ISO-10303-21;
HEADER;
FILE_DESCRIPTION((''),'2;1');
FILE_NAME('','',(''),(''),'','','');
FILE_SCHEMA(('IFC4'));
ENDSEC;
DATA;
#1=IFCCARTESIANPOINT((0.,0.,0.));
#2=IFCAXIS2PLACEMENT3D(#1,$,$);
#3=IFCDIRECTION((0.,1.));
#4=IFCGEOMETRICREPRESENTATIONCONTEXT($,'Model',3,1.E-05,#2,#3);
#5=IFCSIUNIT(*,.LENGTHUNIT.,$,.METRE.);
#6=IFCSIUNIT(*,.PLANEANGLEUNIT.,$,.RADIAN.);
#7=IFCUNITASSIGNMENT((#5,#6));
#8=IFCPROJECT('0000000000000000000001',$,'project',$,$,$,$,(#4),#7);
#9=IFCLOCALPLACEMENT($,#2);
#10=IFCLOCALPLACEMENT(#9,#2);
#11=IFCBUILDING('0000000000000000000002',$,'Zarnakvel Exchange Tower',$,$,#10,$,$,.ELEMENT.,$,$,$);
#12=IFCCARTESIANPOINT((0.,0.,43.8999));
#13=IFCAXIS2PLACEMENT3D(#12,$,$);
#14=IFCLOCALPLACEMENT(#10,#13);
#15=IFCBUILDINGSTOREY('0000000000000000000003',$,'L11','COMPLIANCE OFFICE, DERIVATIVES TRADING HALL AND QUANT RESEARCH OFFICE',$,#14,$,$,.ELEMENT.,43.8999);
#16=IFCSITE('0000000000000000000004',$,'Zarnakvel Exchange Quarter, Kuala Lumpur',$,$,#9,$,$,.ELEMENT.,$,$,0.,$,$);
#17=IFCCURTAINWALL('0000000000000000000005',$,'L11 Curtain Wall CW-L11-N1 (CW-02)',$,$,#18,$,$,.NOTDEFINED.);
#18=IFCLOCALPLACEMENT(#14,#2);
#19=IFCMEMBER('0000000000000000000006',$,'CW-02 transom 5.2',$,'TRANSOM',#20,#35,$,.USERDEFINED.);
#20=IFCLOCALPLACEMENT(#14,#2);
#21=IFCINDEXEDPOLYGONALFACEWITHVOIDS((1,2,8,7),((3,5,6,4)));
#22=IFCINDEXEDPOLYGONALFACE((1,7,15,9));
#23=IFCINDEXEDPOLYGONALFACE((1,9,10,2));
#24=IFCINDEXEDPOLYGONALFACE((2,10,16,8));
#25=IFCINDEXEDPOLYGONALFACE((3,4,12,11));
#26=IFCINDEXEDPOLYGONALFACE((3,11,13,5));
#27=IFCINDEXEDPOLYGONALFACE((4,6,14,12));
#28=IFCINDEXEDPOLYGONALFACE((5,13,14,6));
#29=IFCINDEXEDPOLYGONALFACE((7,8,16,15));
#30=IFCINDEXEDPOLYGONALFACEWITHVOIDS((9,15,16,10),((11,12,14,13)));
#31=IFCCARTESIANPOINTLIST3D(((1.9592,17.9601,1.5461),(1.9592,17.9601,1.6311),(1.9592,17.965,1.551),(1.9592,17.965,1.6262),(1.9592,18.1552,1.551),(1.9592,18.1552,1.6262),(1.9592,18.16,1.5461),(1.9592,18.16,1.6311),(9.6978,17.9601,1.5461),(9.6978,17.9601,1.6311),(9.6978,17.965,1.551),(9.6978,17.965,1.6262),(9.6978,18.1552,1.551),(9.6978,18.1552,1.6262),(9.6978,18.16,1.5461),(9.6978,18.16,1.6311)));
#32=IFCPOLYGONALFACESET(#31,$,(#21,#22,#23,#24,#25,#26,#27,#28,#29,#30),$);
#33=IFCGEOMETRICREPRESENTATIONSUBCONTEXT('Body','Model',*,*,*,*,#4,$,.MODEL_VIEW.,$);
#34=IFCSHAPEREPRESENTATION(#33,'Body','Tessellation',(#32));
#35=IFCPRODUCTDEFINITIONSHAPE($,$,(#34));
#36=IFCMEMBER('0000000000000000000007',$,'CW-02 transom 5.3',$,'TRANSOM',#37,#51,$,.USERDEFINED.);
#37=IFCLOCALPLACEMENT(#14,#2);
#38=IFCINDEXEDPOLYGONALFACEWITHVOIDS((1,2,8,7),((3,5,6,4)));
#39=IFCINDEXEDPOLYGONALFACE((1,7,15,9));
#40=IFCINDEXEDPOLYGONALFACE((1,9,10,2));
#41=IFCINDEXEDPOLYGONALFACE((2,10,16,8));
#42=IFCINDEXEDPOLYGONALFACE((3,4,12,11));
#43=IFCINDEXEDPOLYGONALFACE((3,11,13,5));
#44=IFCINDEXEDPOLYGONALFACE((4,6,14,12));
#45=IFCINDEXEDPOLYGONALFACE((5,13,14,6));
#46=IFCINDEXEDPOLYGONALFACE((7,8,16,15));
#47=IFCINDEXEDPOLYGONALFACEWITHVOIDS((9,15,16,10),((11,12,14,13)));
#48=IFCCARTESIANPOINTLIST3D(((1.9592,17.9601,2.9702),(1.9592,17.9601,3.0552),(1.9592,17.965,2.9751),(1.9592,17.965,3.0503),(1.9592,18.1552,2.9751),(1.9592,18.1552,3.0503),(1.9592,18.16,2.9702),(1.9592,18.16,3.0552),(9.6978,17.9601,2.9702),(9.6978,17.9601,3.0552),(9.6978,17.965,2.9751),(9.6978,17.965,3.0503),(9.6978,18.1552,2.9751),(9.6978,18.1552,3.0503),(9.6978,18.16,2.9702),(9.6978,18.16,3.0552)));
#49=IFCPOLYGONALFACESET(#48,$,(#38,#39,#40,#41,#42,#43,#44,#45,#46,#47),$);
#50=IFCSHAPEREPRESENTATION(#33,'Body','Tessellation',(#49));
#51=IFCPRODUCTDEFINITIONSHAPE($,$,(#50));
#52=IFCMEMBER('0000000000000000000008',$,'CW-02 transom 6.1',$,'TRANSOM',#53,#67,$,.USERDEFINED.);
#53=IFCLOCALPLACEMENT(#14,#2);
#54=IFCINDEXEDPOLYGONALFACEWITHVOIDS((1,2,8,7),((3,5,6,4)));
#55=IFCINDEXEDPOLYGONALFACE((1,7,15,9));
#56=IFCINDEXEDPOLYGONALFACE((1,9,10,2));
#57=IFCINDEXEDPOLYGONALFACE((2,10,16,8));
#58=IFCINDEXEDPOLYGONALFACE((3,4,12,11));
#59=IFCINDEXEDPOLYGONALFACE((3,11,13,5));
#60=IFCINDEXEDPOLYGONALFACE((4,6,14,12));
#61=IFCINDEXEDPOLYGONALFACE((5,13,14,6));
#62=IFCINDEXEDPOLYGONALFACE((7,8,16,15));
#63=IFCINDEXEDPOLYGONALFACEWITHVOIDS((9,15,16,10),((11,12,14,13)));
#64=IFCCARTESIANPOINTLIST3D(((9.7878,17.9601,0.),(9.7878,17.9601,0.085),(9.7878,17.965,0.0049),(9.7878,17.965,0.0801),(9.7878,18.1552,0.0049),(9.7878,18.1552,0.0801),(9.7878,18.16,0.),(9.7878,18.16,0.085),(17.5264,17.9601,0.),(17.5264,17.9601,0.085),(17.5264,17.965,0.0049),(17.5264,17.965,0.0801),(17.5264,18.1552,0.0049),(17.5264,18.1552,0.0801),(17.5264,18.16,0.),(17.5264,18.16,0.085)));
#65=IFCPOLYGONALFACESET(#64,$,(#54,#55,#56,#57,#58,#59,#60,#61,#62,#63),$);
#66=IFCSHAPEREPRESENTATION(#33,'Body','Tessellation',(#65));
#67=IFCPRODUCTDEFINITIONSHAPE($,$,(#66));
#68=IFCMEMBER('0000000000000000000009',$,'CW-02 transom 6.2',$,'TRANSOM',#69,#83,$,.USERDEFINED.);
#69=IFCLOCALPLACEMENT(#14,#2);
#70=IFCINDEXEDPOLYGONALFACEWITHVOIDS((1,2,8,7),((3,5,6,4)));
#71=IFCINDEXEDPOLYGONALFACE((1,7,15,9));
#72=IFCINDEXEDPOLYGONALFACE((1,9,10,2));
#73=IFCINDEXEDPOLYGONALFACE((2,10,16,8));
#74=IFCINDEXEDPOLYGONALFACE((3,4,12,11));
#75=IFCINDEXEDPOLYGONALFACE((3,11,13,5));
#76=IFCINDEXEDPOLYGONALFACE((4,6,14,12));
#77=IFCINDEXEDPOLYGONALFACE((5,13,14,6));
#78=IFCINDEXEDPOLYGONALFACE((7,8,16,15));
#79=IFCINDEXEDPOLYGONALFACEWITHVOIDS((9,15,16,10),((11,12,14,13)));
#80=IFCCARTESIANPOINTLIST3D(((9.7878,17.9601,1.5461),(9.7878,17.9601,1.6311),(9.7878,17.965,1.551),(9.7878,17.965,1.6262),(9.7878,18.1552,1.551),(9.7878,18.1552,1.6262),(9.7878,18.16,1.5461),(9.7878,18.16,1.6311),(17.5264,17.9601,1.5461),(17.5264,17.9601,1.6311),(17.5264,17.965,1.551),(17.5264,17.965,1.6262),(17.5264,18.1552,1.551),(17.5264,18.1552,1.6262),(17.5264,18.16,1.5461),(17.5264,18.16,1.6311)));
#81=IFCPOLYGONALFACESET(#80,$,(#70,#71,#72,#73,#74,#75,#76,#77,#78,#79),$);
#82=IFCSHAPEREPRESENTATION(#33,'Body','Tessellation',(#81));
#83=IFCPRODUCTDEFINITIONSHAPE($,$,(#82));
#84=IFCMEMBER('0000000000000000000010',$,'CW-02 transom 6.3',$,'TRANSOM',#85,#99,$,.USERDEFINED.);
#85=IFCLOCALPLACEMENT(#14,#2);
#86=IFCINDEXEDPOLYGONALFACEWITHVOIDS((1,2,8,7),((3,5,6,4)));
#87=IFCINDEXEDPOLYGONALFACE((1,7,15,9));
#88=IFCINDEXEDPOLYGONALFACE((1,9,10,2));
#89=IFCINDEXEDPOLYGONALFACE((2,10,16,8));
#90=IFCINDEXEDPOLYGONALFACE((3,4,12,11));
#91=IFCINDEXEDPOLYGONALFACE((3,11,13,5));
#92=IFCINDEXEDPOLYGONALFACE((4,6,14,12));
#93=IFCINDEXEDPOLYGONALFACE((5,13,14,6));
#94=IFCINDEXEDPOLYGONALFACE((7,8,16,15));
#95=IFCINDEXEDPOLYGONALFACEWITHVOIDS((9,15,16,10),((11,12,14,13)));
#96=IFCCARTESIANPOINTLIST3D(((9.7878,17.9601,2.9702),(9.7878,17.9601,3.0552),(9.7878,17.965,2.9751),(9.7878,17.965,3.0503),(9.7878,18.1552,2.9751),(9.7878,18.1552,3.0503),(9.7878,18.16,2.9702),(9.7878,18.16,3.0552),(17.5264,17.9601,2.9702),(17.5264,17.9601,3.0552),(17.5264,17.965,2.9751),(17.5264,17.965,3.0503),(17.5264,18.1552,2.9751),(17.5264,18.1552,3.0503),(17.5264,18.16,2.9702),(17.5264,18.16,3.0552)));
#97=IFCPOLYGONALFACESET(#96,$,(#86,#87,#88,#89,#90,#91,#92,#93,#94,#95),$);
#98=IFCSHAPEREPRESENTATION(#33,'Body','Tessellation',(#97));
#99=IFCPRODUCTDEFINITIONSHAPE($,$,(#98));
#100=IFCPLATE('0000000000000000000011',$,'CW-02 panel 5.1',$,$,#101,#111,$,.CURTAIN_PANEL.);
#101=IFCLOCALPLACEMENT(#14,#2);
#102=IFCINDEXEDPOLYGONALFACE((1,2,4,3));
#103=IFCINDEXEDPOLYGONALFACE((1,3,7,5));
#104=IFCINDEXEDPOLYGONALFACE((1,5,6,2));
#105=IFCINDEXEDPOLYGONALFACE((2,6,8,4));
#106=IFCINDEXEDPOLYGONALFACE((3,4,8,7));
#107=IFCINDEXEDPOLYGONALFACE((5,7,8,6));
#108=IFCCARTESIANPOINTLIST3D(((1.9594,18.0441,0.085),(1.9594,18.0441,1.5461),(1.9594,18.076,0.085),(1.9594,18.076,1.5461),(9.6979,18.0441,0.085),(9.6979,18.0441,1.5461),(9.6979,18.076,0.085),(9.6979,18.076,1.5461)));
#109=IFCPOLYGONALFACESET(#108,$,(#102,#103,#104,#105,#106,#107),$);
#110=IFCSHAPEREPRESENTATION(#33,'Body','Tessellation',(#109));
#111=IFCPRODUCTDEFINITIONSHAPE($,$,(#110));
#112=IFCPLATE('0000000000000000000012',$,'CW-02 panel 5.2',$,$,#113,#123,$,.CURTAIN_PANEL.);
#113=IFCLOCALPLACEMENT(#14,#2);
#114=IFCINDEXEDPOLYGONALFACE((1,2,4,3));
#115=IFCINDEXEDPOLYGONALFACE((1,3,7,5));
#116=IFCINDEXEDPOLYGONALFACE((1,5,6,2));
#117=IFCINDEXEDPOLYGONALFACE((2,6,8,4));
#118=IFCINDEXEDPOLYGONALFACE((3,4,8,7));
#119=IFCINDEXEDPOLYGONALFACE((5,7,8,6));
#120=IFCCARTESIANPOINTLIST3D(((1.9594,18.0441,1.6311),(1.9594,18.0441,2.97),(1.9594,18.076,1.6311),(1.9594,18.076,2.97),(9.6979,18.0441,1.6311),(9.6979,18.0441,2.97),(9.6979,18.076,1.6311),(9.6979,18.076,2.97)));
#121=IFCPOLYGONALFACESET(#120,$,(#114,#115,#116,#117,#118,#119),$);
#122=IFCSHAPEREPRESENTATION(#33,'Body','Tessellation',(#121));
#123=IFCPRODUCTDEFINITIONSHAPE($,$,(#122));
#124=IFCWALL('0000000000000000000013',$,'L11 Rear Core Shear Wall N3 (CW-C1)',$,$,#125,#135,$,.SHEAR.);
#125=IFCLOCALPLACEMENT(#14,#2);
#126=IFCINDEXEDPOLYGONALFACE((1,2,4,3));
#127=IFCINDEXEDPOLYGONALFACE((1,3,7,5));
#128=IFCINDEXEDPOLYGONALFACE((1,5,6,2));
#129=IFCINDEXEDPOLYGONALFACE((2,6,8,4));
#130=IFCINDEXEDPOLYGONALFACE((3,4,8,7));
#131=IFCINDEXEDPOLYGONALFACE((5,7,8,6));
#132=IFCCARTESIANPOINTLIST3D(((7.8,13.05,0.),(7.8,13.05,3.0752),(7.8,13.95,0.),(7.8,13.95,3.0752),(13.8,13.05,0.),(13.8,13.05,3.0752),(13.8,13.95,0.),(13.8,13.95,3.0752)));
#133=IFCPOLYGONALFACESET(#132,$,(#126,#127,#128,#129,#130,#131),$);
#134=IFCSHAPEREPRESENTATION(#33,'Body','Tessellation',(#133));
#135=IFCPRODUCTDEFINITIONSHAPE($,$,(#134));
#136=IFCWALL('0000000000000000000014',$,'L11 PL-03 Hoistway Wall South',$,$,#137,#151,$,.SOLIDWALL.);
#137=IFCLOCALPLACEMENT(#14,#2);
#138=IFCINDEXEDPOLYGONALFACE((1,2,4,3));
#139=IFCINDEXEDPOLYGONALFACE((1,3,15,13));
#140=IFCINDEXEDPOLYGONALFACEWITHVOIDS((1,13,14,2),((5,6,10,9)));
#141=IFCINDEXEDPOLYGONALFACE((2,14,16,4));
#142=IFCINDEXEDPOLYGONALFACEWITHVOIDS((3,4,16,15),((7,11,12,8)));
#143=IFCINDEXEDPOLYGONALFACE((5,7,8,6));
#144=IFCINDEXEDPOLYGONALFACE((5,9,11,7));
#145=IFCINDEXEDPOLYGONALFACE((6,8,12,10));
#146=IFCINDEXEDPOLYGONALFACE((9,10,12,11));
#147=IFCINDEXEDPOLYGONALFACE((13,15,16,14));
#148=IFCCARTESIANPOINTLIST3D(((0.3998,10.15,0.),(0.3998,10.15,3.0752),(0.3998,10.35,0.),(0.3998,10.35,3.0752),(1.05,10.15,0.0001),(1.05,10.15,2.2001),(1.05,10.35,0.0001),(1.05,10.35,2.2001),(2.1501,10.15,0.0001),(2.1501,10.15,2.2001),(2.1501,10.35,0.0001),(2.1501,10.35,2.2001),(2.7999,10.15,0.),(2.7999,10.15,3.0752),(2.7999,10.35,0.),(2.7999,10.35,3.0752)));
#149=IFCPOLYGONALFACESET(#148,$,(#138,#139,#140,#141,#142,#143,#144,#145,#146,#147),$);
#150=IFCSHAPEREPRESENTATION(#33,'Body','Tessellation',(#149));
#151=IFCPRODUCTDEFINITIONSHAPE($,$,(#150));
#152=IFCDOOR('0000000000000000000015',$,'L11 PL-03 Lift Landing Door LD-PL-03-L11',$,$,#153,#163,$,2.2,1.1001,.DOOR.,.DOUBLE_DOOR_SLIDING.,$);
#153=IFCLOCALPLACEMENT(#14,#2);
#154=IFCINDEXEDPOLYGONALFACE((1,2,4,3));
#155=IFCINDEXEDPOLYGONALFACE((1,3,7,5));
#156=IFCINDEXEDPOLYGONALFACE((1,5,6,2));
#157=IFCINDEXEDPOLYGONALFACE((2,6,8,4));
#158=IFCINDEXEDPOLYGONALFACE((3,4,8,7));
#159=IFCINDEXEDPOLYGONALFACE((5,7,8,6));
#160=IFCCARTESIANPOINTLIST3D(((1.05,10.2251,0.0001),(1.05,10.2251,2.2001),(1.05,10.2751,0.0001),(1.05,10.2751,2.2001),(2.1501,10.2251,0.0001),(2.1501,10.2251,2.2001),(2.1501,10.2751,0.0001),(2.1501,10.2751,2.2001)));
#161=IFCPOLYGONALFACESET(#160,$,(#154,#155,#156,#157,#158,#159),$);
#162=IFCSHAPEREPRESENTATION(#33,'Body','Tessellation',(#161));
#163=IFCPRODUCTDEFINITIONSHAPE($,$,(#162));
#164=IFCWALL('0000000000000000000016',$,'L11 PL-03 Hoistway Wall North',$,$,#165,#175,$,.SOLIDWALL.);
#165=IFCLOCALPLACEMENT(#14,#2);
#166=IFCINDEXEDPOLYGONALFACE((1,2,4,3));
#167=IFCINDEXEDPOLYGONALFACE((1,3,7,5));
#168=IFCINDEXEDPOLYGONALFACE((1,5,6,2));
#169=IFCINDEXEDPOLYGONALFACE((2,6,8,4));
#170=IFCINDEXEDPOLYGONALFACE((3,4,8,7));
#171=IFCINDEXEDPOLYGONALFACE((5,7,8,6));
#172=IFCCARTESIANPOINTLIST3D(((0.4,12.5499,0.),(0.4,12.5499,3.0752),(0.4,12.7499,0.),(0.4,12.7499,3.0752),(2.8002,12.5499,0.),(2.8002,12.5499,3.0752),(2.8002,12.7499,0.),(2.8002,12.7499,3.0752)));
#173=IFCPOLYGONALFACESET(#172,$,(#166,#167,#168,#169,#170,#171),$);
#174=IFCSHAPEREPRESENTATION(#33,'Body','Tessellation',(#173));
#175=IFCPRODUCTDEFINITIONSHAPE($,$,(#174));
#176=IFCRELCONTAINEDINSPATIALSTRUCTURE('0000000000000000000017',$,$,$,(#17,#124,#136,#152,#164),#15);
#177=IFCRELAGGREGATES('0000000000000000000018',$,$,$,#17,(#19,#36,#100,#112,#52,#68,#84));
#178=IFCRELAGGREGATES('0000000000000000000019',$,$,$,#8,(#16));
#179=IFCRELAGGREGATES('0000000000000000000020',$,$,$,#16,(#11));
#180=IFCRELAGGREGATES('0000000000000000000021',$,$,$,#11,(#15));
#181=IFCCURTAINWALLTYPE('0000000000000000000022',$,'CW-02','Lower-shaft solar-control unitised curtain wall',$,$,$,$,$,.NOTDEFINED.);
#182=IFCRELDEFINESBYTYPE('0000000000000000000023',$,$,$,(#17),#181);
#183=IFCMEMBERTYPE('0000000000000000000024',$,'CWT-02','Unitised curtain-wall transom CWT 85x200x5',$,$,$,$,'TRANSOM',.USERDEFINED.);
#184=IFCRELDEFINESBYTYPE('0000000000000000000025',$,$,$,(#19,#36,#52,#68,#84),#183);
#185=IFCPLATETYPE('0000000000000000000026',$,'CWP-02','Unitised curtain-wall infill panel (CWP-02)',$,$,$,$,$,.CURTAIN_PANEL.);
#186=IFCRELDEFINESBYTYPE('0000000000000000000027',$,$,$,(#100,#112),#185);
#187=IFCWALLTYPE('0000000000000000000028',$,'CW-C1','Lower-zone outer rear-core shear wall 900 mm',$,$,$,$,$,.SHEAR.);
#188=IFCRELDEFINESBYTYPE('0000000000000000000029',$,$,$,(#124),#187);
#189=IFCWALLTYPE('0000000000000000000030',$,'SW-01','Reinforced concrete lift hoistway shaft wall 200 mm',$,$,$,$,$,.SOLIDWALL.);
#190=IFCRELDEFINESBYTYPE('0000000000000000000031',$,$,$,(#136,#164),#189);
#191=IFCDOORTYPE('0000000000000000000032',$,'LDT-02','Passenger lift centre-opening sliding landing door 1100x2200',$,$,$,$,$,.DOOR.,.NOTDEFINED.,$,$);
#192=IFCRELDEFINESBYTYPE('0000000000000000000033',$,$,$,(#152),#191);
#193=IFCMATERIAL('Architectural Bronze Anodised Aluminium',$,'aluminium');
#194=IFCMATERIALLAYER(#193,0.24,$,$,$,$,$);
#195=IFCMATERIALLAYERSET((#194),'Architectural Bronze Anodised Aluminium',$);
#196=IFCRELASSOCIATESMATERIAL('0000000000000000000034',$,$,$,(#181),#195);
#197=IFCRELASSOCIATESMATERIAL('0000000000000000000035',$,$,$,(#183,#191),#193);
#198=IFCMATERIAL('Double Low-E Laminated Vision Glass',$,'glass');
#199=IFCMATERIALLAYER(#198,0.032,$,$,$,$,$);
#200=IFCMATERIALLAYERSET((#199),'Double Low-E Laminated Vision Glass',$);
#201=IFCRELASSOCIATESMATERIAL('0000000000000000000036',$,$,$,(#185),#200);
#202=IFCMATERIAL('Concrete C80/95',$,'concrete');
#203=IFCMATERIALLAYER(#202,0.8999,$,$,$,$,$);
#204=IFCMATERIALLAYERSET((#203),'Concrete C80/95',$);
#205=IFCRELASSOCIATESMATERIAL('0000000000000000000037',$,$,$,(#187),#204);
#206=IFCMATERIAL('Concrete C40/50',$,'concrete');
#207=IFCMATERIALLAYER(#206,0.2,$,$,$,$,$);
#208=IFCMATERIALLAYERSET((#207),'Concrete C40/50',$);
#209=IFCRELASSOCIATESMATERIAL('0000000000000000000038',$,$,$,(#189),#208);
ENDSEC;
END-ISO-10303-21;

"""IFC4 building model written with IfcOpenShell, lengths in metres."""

from ifc_helpers import new_model, si_unit, direction, frame, frame_2d, origin, origin_2d, place, context, subcontext, project, spatial, rectangle, hollow_rectangle, extrude, source, transform, mapped, material, layer, layer_set, material_profile, profile_set, type_object, element, fill, aggregate, save


model = new_model("IFC4")

# Units and contexts
model_context = context("Model", 3, precision=1e-05, world=origin(), true_north=direction((0.0, 1.0)))
body_context = subcontext(model_context, "Body", "Model", "MODEL_VIEW")
ifc_project = project(units=[si_unit("LENGTHUNIT", "METRE"), si_unit("PLANEANGLEUNIT", "RADIAN")], contexts=[model_context])

# Site, building, storey
site_placement = place(None, origin())
site = spatial("IfcSite", under=ifc_project, at=site_placement, Name="Zarnakvel Exchange Quarter, Kuala Lumpur", CompositionType="ELEMENT", RefElevation=0.0)
building_placement = place(site_placement, origin())
building = spatial("IfcBuilding", under=site, at=building_placement, Name="Zarnakvel Exchange Tower", CompositionType="ELEMENT")
storey_placement = place(building_placement, frame((0.0, 0.0, 43.8999)))
storey = spatial("IfcBuildingStorey", under=building, at=storey_placement, Name="L11", Description="COMPLIANCE OFFICE, DERIVATIVES TRADING HALL AND QUANT RESEARCH OFFICE", CompositionType="ELEMENT", Elevation=43.8999)

# Shared definitions
ifc_material_1 = material(Name="Concrete C80/95", Category="concrete")

# Curtain wall, members, plates
ifc_material_2 = material(Name="Architectural Bronze Anodised Aluminium", Category="aluminium")
ifc_layer_1 = layer(ifc_material_2, 0.24)
ifc_layer_set_1 = layer_set([ifc_layer_1], Name="Architectural Bronze Anodised Aluminium")
curtain_wall_type = type_object("IfcCurtainWallType", Name="CW-02", Description="Lower-shaft solar-control unitised curtain wall", PredefinedType="NOTDEFINED", material=ifc_layer_set_1)
curtain_wall_placement = place(storey_placement, origin())
curtain_wall = element("IfcCurtainWall", 1, at=curtain_wall_placement, inside=storey, type_object=curtain_wall_type, Name="L11 Curtain Wall CW-L11-N1 (CW-02)", PredefinedType="NOTDEFINED")
ifc_material_profile_1 = material_profile(ifc_material_2, hollow_rectangle(XDim=0.2, YDim=0.085, WallThickness=0.0049, at=origin_2d()))
ifc_profile_set_1 = profile_set([ifc_material_profile_1], Name="Architectural Bronze Anodised Aluminium")
member_type_1 = type_object("IfcMemberType", Name="CWT-02", Description="Unitised curtain-wall transom CWT 85x200x5", ElementType="TRANSOM", PredefinedType="USERDEFINED", material=ifc_profile_set_1)
shared_shape_1 = source(origin(), body_context, "Body", "SweptSolid", [
    extrude(hollow_rectangle(XDim=0.2, YDim=0.085, WallThickness=0.0049, at=origin_2d()), origin(), (0.0, 0.0, 1.0), 7.7385),
])
member_1_placement = place(storey_placement, frame((1.9592, 18.0601, 1.5886), z_axis=(1.0, 0.0, 0.0), x_axis=(0.0, 1.0, 0.0)))
member_1 = element("IfcMember", 2, at=member_1_placement, type_object=member_type_1, Name="CW-02 transom 5.2", ObjectType="TRANSOM", PredefinedType="USERDEFINED", context=body_context, shape_type="MappedRepresentation", body=[
    mapped(shared_shape_1, transform((0.0, 0.0, 0.0), x_axis=(1.0, 0.0, 0.0), y_axis=(0.0, 1.0, 0.0), z_axis=(0.0, 0.0, 1.0), scale=1.0)),
])
member_2_placement = place(storey_placement, frame((1.9592, 18.0601, 3.0127), z_axis=(1.0, 0.0, 0.0), x_axis=(0.0, 1.0, 0.0)))
member_2 = element("IfcMember", 3, at=member_2_placement, type_object=member_type_1, Name="CW-02 transom 5.3", ObjectType="TRANSOM", PredefinedType="USERDEFINED", context=body_context, shape_type="MappedRepresentation", body=[
    mapped(shared_shape_1, transform((0.0, 0.0, 0.0), x_axis=(1.0, 0.0, 0.0), y_axis=(0.0, 1.0, 0.0), z_axis=(0.0, 0.0, 1.0), scale=1.0)),
])
member_3_placement = place(storey_placement, frame((9.7878, 18.0601, 0.0425), z_axis=(1.0, 0.0, 0.0), x_axis=(0.0, 1.0, 0.0)))
member_3 = element("IfcMember", 4, at=member_3_placement, type_object=member_type_1, Name="CW-02 transom 6.1", ObjectType="TRANSOM", PredefinedType="USERDEFINED", context=body_context, shape_type="MappedRepresentation", body=[
    mapped(shared_shape_1, transform((0.0, 0.0, 0.0), x_axis=(1.0, 0.0, 0.0), y_axis=(0.0, 1.0, 0.0), z_axis=(0.0, 0.0, 1.0), scale=1.0)),
])
member_4_placement = place(storey_placement, frame((9.7878, 18.0601, 1.5886), z_axis=(1.0, 0.0, 0.0), x_axis=(0.0, 1.0, 0.0)))
member_4 = element("IfcMember", 5, at=member_4_placement, type_object=member_type_1, Name="CW-02 transom 6.2", ObjectType="TRANSOM", PredefinedType="USERDEFINED", context=body_context, shape_type="MappedRepresentation", body=[
    mapped(shared_shape_1, transform((0.0, 0.0, 0.0), x_axis=(1.0, 0.0, 0.0), y_axis=(0.0, 1.0, 0.0), z_axis=(0.0, 0.0, 1.0), scale=1.0)),
])
member_5_placement = place(storey_placement, frame((9.7878, 18.0601, 3.0127), z_axis=(1.0, 0.0, 0.0), x_axis=(0.0, 1.0, 0.0)))
member_5 = element("IfcMember", 6, at=member_5_placement, type_object=member_type_1, Name="CW-02 transom 6.3", ObjectType="TRANSOM", PredefinedType="USERDEFINED", context=body_context, shape_type="MappedRepresentation", body=[
    mapped(shared_shape_1, transform((0.0, 0.0, 0.0), x_axis=(1.0, 0.0, 0.0), y_axis=(0.0, 1.0, 0.0), z_axis=(0.0, 0.0, 1.0), scale=1.0)),
])
ifc_material_3 = material(Name="Double Low-E Laminated Vision Glass", Category="glass")
ifc_layer_2 = layer(ifc_material_3, 0.032)
ifc_layer_set_2 = layer_set([ifc_layer_2], Name="Double Low-E Laminated Vision Glass")
plate_type = type_object("IfcPlateType", Name="CWP-02", Description="Unitised curtain-wall infill panel (CWP-02)", PredefinedType="CURTAIN_PANEL", material=ifc_layer_set_2)
shared_shape_2 = source(origin(), body_context, "Body", "SweptSolid", [
    extrude(rectangle(XDim=7.7385, YDim=0.032, at=origin_2d()), origin(), (0.0, 0.0, 1.0), 1.4612),
])
plate_1_placement = place(storey_placement, frame((5.8286, 18.0601, 0.085), z_axis=(0.0, 0.0, 1.0), x_axis=(1.0, 0.0, 0.0)))
plate_1 = element("IfcPlate", 7, at=plate_1_placement, type_object=plate_type, Name="CW-02 panel 5.1", PredefinedType="CURTAIN_PANEL", context=body_context, shape_type="MappedRepresentation", body=[
    mapped(shared_shape_2, transform((0.0, 0.0, 0.0), x_axis=(1.0, 0.0, 0.0), y_axis=(0.0, 1.0, 0.0), z_axis=(0.0, 0.0, 1.0), scale=1.0)),
])
shared_shape_3 = source(origin(), body_context, "Body", "SweptSolid", [
    extrude(rectangle(XDim=7.7385, YDim=0.032, at=origin_2d()), origin(), (0.0, 0.0, 1.0), 1.3389),
])
plate_2_placement = place(storey_placement, frame((5.8286, 18.0601, 1.6311), z_axis=(0.0, 0.0, 1.0), x_axis=(1.0, 0.0, 0.0)))
plate_2 = element("IfcPlate", 8, at=plate_2_placement, type_object=plate_type, Name="CW-02 panel 5.2", PredefinedType="CURTAIN_PANEL", context=body_context, shape_type="MappedRepresentation", body=[
    mapped(shared_shape_3, transform((0.0, 0.0, 0.0), x_axis=(1.0, 0.0, 0.0), y_axis=(0.0, 1.0, 0.0), z_axis=(0.0, 0.0, 1.0), scale=1.0)),
])
aggregate(curtain_wall, [member_1, member_2, plate_1, plate_2, member_3, member_4, member_5])

# Wall
ifc_layer_3 = layer(ifc_material_1, 0.8999)
ifc_layer_set_3 = layer_set([ifc_layer_3], Name="Concrete C80/95")
wall_type_1 = type_object("IfcWallType", Name="CW-C1", Description="Lower-zone outer rear-core shear wall 900 mm", PredefinedType="SHEAR", material=ifc_layer_set_3)
wall_1_placement = place(storey_placement, frame((7.8, 13.5, 0.0), z_axis=(0.0, 0.0, 1.0), x_axis=(1.0, 0.0, 0.0)))
element("IfcWall", 9, at=wall_1_placement, inside=storey, type_object=wall_type_1, Name="L11 Rear Core Shear Wall N3 (CW-C1)", PredefinedType="SHEAR", context=body_context, shape_type="SweptSolid", body=[
    extrude(rectangle(XDim=6.0, YDim=0.8999, at=frame_2d((3.0, 0.0))), origin(), (0.0, 0.0, 1.0), 3.0752),
])

# Wall, opening, door
ifc_material_4 = material(Name="Concrete C40/50", Category="concrete")
ifc_layer_4 = layer(ifc_material_4, 0.2)
ifc_layer_set_4 = layer_set([ifc_layer_4], Name="Concrete C40/50")
wall_type_2 = type_object("IfcWallType", Name="SW-01", Description="Reinforced concrete lift hoistway shaft wall 200 mm", PredefinedType="SOLIDWALL", material=ifc_layer_set_4)
wall_2_placement = place(storey_placement, frame((2.8, 10.25, 0.0), z_axis=(0.0, 0.0, 1.0), x_axis=(-1.0, 0.0, 0.0)))
wall_2 = element("IfcWall", 10, at=wall_2_placement, inside=storey, type_object=wall_type_2, Name="L11 PL-03 Hoistway Wall South", PredefinedType="SOLIDWALL", context=body_context, shape_type="SweptSolid", body=[
    extrude(rectangle(XDim=2.4001, YDim=0.2, at=frame_2d((1.2002, 0.0))), origin(), (0.0, 0.0, 1.0), 3.0752),
])
opening_1_placement = place(wall_2_placement, frame((0.6499, 0.0, 0.0)))
opening_1 = element("IfcOpeningElement", 11, at=opening_1_placement, cuts=wall_2, PredefinedType="OPENING", context=body_context, shape_type="SweptSolid", body=[
    extrude(rectangle(XDim=1.1001, YDim=2.2, at=frame_2d((0.55, 1.1001))), frame((0.0, 0.1099, 0.0), z_axis=(0.0, -1.0, 0.0), x_axis=(1.0, 0.0, 0.0)), (0.0, 0.0, 1.0), 0.22),
])
door_type = type_object("IfcDoorType", Name="LDT-02", Description="Passenger lift centre-opening sliding landing door 1100x2200", OperationType="NOTDEFINED", PredefinedType="DOOR", material=ifc_material_2)
shared_shape_4 = source(origin(), body_context, "Body", "SweptSolid", [
    extrude(rectangle(XDim=1.1001, YDim=2.2, at=frame_2d((0.55, 1.1001))), frame((0.0, 0.0249, 0.0), z_axis=(0.0, -1.0, 0.0), x_axis=(1.0, 0.0, 0.0)), (0.0, 0.0, 1.0), 0.05),
])
door_1_placement = place(opening_1_placement, origin())
door_1 = element("IfcDoor", 12, at=door_1_placement, inside=storey, type_object=door_type, Name="L11 PL-03 Lift Landing Door LD-PL-03-L11", OperationType="DOUBLE_DOOR_SLIDING", OverallHeight=2.2, OverallWidth=1.1001, PredefinedType="DOOR", context=body_context, shape_type="MappedRepresentation", body=[
    mapped(shared_shape_4, transform((0.0, 0.0, 0.0), x_axis=(1.0, 0.0, 0.0), y_axis=(0.0, 1.0, 0.0), z_axis=(0.0, 0.0, 1.0), scale=1.0)),
])
fill(opening_1, door_1)

# Wall
wall_3_placement = place(storey_placement, frame((0.3999, 12.6499, 0.0), z_axis=(0.0, 0.0, 1.0), x_axis=(1.0, 0.0, 0.0)))
element("IfcWall", 13, at=wall_3_placement, inside=storey, type_object=wall_type_2, Name="L11 PL-03 Hoistway Wall North", PredefinedType="SOLIDWALL", context=body_context, shape_type="SweptSolid", body=[
    extrude(rectangle(XDim=2.4001, YDim=0.2, at=frame_2d((1.2002, 0.0))), origin(), (0.0, 0.0, 1.0), 3.0752),
])

save(model, "model.ifc")
